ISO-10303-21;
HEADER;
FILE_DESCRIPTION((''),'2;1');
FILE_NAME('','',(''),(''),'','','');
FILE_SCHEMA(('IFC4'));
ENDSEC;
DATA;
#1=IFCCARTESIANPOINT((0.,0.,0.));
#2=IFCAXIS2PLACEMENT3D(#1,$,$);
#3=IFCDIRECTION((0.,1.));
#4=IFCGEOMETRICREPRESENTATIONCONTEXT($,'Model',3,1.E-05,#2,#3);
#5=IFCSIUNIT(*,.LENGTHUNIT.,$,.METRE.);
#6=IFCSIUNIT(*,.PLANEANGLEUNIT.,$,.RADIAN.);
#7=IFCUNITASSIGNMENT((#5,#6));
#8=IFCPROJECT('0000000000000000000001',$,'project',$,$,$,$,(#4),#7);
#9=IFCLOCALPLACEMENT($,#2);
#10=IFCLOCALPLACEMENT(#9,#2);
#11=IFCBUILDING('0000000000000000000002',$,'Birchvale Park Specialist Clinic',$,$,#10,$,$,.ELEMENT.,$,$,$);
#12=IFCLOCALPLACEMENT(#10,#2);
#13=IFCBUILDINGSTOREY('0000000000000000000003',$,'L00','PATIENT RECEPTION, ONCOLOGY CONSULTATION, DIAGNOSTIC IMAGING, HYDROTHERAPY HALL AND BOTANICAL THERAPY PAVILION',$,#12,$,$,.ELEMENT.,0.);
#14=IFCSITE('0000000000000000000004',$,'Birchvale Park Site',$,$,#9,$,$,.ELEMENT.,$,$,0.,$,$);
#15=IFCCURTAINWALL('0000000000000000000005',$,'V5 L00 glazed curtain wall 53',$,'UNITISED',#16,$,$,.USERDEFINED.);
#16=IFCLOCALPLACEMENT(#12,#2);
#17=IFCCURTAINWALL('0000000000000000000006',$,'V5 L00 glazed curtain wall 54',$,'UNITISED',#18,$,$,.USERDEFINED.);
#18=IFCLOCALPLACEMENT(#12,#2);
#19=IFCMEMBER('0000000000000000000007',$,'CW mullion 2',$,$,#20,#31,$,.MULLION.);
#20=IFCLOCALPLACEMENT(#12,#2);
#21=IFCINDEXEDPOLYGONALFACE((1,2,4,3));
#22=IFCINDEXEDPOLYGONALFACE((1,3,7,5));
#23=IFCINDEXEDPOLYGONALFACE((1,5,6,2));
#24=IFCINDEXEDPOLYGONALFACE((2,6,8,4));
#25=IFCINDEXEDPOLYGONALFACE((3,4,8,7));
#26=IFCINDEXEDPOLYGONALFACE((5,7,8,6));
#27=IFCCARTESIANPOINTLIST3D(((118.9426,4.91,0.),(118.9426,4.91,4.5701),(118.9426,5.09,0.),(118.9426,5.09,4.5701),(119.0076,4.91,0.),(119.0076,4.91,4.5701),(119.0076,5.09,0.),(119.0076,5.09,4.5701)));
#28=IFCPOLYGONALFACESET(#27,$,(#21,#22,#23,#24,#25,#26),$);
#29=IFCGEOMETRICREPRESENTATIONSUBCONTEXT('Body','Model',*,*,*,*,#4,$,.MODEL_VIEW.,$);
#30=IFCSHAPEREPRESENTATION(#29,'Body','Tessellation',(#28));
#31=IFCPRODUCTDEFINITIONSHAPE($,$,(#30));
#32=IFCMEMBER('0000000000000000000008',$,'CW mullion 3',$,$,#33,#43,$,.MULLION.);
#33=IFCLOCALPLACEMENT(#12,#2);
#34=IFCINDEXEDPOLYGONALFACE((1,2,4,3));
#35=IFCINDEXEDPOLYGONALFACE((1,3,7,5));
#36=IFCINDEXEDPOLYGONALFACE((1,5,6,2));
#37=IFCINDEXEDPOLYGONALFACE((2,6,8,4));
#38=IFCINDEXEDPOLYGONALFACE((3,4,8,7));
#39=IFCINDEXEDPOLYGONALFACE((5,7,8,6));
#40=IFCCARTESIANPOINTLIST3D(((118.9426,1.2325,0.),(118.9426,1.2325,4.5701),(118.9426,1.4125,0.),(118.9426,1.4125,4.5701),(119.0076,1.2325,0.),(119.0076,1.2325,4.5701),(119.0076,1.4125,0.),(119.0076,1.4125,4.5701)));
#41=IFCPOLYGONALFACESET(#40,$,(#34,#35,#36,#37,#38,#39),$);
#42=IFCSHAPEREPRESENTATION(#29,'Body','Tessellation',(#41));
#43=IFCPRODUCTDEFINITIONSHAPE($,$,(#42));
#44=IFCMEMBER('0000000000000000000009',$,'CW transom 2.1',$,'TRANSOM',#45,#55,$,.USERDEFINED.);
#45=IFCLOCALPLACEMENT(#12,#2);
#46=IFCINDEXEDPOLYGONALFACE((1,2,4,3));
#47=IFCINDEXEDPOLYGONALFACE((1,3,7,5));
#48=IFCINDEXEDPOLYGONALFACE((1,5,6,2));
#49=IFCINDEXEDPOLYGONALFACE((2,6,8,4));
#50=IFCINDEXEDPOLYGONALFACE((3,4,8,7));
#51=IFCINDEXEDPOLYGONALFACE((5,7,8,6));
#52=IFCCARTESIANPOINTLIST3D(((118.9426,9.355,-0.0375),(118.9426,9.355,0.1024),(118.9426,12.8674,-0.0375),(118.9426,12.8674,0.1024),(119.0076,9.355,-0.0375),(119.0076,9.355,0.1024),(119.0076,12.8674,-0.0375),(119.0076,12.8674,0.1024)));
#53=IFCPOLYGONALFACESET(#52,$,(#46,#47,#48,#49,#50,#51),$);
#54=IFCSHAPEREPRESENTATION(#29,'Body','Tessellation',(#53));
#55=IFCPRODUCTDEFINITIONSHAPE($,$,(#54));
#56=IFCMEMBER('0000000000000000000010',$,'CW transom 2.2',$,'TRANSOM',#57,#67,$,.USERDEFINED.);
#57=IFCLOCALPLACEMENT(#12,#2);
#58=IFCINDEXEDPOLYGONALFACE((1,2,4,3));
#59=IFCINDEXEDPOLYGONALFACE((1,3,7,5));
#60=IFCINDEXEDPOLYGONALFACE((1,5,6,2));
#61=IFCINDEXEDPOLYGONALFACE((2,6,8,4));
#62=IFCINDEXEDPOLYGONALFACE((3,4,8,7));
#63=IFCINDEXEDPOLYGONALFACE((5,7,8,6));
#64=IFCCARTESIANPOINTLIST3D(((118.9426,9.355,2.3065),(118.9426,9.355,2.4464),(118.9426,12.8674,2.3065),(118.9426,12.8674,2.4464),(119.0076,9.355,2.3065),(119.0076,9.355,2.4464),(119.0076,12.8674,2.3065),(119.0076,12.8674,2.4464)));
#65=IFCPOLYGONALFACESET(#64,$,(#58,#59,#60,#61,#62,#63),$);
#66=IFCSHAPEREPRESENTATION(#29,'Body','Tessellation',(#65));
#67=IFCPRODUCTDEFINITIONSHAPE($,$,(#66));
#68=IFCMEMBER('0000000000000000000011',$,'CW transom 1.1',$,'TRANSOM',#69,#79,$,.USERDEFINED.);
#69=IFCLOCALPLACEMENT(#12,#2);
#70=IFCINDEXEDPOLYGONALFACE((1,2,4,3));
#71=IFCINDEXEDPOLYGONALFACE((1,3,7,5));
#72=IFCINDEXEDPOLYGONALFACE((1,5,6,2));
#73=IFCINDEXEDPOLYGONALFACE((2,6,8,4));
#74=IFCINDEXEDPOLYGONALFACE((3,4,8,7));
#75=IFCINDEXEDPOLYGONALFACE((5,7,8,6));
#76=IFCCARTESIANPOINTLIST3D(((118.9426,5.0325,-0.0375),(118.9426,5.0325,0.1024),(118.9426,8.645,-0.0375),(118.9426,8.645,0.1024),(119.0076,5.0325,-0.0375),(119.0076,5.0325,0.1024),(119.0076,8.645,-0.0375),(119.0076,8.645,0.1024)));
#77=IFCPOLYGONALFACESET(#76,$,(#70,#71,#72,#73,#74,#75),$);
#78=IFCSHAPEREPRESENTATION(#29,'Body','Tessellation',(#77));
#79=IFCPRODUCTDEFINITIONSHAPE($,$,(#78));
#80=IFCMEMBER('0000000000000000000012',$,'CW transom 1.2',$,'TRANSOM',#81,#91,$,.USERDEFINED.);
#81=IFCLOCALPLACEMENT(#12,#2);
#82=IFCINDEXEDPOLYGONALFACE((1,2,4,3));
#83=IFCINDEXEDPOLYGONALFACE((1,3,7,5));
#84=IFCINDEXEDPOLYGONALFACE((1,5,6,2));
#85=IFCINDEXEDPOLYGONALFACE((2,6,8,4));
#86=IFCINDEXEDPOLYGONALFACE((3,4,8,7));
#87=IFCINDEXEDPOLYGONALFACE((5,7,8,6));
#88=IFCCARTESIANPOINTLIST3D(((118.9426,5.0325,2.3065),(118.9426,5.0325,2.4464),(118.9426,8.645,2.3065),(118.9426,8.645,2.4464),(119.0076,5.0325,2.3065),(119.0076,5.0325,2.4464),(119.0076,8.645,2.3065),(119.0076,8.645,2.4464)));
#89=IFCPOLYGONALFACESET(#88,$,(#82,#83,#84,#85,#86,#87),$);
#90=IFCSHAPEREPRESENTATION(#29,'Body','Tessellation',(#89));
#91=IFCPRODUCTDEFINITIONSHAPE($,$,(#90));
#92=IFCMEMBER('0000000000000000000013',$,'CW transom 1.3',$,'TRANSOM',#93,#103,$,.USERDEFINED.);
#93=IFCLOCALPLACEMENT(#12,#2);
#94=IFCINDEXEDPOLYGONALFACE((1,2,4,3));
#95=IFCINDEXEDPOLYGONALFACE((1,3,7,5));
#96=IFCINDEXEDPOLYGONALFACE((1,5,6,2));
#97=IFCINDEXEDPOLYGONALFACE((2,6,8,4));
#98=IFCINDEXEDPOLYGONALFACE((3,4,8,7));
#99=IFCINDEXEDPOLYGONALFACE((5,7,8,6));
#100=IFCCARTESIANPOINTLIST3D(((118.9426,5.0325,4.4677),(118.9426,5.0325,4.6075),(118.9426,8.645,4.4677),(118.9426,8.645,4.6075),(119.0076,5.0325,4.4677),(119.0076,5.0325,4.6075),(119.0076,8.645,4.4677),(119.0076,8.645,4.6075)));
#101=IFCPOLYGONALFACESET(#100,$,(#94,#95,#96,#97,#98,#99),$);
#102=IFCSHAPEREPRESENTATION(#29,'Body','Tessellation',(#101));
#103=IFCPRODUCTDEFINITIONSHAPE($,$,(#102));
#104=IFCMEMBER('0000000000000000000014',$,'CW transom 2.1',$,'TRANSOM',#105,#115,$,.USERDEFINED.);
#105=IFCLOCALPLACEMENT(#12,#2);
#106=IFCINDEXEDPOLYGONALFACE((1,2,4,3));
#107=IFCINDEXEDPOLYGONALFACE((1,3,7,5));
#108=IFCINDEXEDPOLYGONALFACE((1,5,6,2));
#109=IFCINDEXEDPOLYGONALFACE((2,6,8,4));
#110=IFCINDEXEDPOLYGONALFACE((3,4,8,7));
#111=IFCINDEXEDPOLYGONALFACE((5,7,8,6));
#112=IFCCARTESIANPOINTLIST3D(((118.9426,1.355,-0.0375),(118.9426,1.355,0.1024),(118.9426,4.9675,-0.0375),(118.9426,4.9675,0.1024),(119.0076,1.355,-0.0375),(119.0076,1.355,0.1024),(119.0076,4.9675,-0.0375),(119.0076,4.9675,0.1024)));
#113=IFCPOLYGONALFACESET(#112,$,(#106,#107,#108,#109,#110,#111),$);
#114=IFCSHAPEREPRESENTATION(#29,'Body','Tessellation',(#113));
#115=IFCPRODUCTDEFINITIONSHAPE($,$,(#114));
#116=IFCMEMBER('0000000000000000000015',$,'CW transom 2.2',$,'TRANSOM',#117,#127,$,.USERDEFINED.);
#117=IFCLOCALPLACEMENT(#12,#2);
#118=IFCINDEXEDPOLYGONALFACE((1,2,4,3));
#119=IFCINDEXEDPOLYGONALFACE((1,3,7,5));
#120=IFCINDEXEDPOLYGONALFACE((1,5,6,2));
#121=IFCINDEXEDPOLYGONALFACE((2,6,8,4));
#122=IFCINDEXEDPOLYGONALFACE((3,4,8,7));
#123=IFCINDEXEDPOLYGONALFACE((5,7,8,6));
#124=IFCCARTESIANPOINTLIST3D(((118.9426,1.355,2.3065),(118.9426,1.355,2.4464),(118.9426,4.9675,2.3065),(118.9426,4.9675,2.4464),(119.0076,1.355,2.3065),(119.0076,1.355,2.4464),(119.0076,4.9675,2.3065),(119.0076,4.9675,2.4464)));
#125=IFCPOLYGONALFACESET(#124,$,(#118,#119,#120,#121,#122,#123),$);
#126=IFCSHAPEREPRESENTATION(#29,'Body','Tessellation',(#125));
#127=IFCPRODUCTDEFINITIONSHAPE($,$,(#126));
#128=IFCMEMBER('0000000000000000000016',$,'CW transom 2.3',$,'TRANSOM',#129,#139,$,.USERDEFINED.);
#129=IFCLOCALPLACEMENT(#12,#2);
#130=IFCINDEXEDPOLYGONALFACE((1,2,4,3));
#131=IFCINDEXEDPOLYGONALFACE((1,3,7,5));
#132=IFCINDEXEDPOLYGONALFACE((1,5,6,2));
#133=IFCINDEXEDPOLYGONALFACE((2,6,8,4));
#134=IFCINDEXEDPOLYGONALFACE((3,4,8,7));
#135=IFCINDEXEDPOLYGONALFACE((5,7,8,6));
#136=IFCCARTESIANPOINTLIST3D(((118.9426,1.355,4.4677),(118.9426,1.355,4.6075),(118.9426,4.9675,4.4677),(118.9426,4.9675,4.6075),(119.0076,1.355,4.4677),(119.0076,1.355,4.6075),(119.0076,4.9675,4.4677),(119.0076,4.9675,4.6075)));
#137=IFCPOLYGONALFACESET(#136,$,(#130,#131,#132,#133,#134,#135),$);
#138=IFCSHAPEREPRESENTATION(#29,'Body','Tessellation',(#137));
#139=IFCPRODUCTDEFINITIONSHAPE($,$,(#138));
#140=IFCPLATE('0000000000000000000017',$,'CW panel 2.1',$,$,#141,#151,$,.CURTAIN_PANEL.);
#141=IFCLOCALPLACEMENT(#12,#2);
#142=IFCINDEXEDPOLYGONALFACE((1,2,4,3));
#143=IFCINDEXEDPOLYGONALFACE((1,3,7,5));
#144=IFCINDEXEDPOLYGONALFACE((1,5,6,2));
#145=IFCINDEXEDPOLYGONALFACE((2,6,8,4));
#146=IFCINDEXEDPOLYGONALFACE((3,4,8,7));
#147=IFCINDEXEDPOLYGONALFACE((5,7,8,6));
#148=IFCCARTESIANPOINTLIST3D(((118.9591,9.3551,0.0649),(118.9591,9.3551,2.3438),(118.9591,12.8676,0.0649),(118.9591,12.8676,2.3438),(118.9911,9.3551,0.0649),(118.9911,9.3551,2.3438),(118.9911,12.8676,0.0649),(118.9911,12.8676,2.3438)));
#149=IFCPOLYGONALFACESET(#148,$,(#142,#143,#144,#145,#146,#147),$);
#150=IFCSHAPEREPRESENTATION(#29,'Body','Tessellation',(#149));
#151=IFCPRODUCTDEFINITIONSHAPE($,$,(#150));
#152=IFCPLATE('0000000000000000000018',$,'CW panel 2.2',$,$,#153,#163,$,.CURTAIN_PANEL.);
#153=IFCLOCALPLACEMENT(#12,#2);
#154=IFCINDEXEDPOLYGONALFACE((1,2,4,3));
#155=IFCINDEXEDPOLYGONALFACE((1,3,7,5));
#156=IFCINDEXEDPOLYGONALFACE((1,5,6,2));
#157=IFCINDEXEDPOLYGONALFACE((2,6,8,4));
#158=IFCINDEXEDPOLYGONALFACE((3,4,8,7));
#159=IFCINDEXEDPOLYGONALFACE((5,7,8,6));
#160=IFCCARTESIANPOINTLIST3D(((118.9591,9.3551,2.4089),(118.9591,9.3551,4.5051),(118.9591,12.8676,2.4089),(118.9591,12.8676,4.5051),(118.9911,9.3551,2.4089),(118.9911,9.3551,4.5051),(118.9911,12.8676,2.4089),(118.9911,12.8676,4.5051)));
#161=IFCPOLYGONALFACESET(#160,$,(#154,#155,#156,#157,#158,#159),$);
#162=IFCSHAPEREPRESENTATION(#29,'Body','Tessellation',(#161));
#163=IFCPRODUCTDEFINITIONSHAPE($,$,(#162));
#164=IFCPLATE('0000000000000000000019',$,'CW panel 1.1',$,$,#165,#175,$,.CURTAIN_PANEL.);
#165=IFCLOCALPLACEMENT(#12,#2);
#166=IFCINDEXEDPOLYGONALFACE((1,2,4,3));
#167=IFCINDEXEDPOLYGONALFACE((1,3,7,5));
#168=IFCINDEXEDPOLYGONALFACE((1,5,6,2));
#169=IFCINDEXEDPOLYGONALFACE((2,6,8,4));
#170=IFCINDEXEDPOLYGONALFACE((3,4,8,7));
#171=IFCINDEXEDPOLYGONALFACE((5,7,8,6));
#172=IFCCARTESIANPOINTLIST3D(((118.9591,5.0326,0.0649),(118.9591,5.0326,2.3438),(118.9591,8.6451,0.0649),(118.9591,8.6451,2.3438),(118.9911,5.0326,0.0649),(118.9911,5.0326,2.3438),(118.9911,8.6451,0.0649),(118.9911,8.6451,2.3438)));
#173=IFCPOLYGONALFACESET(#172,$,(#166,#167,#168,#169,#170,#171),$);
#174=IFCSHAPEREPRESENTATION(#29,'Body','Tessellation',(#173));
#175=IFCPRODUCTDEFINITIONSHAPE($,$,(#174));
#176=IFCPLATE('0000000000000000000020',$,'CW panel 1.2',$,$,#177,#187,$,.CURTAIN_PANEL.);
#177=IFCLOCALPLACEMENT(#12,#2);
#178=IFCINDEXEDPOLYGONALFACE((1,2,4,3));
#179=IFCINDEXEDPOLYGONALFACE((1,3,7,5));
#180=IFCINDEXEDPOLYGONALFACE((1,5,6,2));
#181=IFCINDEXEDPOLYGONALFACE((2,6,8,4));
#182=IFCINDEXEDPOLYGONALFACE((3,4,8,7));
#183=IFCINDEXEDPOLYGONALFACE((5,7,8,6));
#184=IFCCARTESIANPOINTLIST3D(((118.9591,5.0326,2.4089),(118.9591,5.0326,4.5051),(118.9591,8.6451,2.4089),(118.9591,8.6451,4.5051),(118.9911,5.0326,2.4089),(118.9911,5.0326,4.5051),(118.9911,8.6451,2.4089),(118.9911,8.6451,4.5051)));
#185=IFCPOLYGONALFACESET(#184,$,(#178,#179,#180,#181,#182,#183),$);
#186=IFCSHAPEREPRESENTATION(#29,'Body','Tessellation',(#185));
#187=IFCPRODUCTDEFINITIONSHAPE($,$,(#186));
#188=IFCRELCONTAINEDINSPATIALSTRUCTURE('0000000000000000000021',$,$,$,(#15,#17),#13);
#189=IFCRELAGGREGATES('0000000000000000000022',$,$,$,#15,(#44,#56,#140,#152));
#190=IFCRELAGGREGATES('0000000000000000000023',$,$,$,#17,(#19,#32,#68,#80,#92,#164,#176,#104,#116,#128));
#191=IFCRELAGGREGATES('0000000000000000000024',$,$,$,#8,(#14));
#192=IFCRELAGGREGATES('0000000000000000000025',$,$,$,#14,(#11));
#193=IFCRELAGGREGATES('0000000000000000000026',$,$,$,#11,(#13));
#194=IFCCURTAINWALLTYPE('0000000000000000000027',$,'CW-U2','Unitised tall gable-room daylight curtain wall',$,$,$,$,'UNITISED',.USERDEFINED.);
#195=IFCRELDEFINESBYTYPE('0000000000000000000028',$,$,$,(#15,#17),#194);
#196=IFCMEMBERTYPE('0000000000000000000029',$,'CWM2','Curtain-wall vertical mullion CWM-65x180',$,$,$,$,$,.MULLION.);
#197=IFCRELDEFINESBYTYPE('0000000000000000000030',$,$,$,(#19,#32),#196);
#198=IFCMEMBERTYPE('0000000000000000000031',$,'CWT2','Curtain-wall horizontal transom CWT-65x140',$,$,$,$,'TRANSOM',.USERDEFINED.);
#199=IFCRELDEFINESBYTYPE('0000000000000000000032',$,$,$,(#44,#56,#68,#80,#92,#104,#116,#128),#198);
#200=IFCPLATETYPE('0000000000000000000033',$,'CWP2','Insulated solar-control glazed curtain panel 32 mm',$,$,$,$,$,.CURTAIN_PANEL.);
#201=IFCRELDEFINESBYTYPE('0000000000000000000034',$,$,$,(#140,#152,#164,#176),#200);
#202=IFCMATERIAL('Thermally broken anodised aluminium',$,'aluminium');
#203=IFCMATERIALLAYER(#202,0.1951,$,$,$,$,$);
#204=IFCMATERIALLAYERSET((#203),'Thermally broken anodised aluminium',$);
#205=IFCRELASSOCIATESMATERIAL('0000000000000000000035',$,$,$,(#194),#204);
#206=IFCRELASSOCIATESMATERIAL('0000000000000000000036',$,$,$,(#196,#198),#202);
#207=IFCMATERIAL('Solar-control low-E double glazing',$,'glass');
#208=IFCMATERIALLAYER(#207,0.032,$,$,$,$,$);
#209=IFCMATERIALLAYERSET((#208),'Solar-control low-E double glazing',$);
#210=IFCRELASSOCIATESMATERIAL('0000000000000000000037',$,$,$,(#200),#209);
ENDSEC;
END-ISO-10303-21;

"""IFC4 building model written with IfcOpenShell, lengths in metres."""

from ifc_helpers import new_model, si_unit, direction, frame, origin, origin_2d, place, context, subcontext, project, spatial, rectangle, extrude, material, layer, layer_set, material_profile, profile_set, type_object, element, aggregate, save


model = new_model("IFC4")

# Units and contexts
model_context = context("Model", 3, precision=1e-05, world=origin(), true_north=direction((0.0, 1.0)))
body_context = subcontext(model_context, "Body", "Model", "MODEL_VIEW")
ifc_project = project(units=[si_unit("LENGTHUNIT", "METRE"), si_unit("PLANEANGLEUNIT", "RADIAN")], contexts=[model_context])

# Site, building, storey
site_placement = place(None, origin())
site = spatial("IfcSite", under=ifc_project, at=site_placement, Name="Birchvale Park Site", CompositionType="ELEMENT", RefElevation=0.0)
building_placement = place(site_placement, origin())
building = spatial("IfcBuilding", under=site, at=building_placement, Name="Birchvale Park Specialist Clinic", CompositionType="ELEMENT")
storey_placement = place(building_placement, origin())
storey = spatial("IfcBuildingStorey", under=building, at=storey_placement, Name="L00", Description="PATIENT RECEPTION, ONCOLOGY CONSULTATION, DIAGNOSTIC IMAGING, HYDROTHERAPY HALL AND BOTANICAL THERAPY PAVILION", CompositionType="ELEMENT", Elevation=0.0)

# Curtain wall
ifc_material_1 = material(Name="Thermally broken anodised aluminium", Category="aluminium")
ifc_layer_1 = layer(ifc_material_1, 0.1951)
ifc_layer_set_1 = layer_set([ifc_layer_1], Name="Thermally broken anodised aluminium")
curtain_wall_type = type_object("IfcCurtainWallType", Name="CW-U2", Description="Unitised tall gable-room daylight curtain wall", ElementType="UNITISED", PredefinedType="USERDEFINED", material=ifc_layer_set_1)
curtain_wall_1_placement = place(storey_placement, origin())
curtain_wall_1 = element("IfcCurtainWall", 1, at=curtain_wall_1_placement, inside=storey, type_object=curtain_wall_type, Name="V5 L00 glazed curtain wall 53", ObjectType="UNITISED", PredefinedType="USERDEFINED")
ifc_material_profile_1 = material_profile(ifc_material_1, rectangle(XDim=0.0649, YDim=0.1799, at=origin_2d()), Name="CWM-65x180")
ifc_profile_set_1 = profile_set([ifc_material_profile_1], Name="Thermally broken anodised aluminium")
member_type_1 = type_object("IfcMemberType", Name="CWM2", Description="Curtain-wall vertical mullion CWM-65x180", PredefinedType="MULLION", material=ifc_profile_set_1)

# Curtain wall, members
curtain_wall_2_placement = place(storey_placement, origin())
curtain_wall_2 = element("IfcCurtainWall", 2, at=curtain_wall_2_placement, inside=storey, type_object=curtain_wall_type, Name="V5 L00 glazed curtain wall 54", ObjectType="UNITISED", PredefinedType="USERDEFINED")
member_1_placement = place(storey_placement, frame((118.9751, 5.0, 0.0), z_axis=(0.0, 0.0, 1.0), x_axis=(1.0, 0.0, 0.0)))
member_1 = element("IfcMember", 3, at=member_1_placement, type_object=member_type_1, Name="CW mullion 2", PredefinedType="MULLION", context=body_context, shape_type="SweptSolid", body=[
    extrude(rectangle(XDim=0.0649, YDim=0.1799, at=origin_2d()), origin(), (0.0, 0.0, 1.0), 4.5701),
])
member_2_placement = place(storey_placement, frame((118.9751, 1.3225, 0.0), z_axis=(0.0, 0.0, 1.0), x_axis=(1.0, 0.0, 0.0)))
member_2 = element("IfcMember", 4, at=member_2_placement, type_object=member_type_1, Name="CW mullion 3", PredefinedType="MULLION", context=body_context, shape_type="SweptSolid", body=[
    extrude(rectangle(XDim=0.0649, YDim=0.1799, at=origin_2d()), origin(), (0.0, 0.0, 1.0), 4.5701),
])

# Members
ifc_material_profile_2 = material_profile(ifc_material_1, rectangle(XDim=0.0649, YDim=0.1399, at=origin_2d()), Name="CWT-65x140")
ifc_profile_set_2 = profile_set([ifc_material_profile_2], Name="Thermally broken anodised aluminium")
member_type_2 = type_object("IfcMemberType", Name="CWT2", Description="Curtain-wall horizontal transom CWT-65x140", ElementType="TRANSOM", PredefinedType="USERDEFINED", material=ifc_profile_set_2)
member_3_placement = place(storey_placement, frame((118.9751, 12.8674, 0.0325), z_axis=(0.0, -1.0, 0.0), x_axis=(1.0, 0.0, 0.0)))
member_3 = element("IfcMember", 5, at=member_3_placement, type_object=member_type_2, Name="CW transom 2.1", ObjectType="TRANSOM", PredefinedType="USERDEFINED", context=body_context, shape_type="SweptSolid", body=[
    extrude(rectangle(XDim=0.0649, YDim=0.1399, at=origin_2d()), origin(), (0.0, 0.0, 1.0), 3.5125),
])
member_4_placement = place(storey_placement, frame((118.9751, 12.8674, 2.3765), z_axis=(0.0, -1.0, 0.0), x_axis=(1.0, 0.0, 0.0)))
member_4 = element("IfcMember", 6, at=member_4_placement, type_object=member_type_2, Name="CW transom 2.2", ObjectType="TRANSOM", PredefinedType="USERDEFINED", context=body_context, shape_type="SweptSolid", body=[
    extrude(rectangle(XDim=0.0649, YDim=0.1399, at=origin_2d()), origin(), (0.0, 0.0, 1.0), 3.5125),
])
member_5_placement = place(storey_placement, frame((118.9751, 8.645, 0.0325), z_axis=(0.0, -1.0, 0.0), x_axis=(1.0, 0.0, 0.0)))
member_5 = element("IfcMember", 7, at=member_5_placement, type_object=member_type_2, Name="CW transom 1.1", ObjectType="TRANSOM", PredefinedType="USERDEFINED", context=body_context, shape_type="SweptSolid", body=[
    extrude(rectangle(XDim=0.0649, YDim=0.1399, at=origin_2d()), origin(), (0.0, 0.0, 1.0), 3.6125),
])
member_6_placement = place(storey_placement, frame((118.9751, 8.645, 2.3765), z_axis=(0.0, -1.0, 0.0), x_axis=(1.0, 0.0, 0.0)))
member_6 = element("IfcMember", 8, at=member_6_placement, type_object=member_type_2, Name="CW transom 1.2", ObjectType="TRANSOM", PredefinedType="USERDEFINED", context=body_context, shape_type="SweptSolid", body=[
    extrude(rectangle(XDim=0.0649, YDim=0.1399, at=origin_2d()), origin(), (0.0, 0.0, 1.0), 3.6125),
])
member_7_placement = place(storey_placement, frame((118.9751, 8.645, 4.5376), z_axis=(0.0, -1.0, 0.0), x_axis=(1.0, 0.0, 0.0)))
member_7 = element("IfcMember", 9, at=member_7_placement, type_object=member_type_2, Name="CW transom 1.3", ObjectType="TRANSOM", PredefinedType="USERDEFINED", context=body_context, shape_type="SweptSolid", body=[
    extrude(rectangle(XDim=0.0649, YDim=0.1399, at=origin_2d()), origin(), (0.0, 0.0, 1.0), 3.6125),
])
member_8_placement = place(storey_placement, frame((118.9751, 4.9675, 0.0325), z_axis=(0.0, -1.0, 0.0), x_axis=(1.0, 0.0, 0.0)))
member_8 = element("IfcMember", 10, at=member_8_placement, type_object=member_type_2, Name="CW transom 2.1", ObjectType="TRANSOM", PredefinedType="USERDEFINED", context=body_context, shape_type="SweptSolid", body=[
    extrude(rectangle(XDim=0.0649, YDim=0.1399, at=origin_2d()), origin(), (0.0, 0.0, 1.0), 3.6125),
])
member_9_placement = place(storey_placement, frame((118.9751, 4.9675, 2.3765), z_axis=(0.0, -1.0, 0.0), x_axis=(1.0, 0.0, 0.0)))
member_9 = element("IfcMember", 11, at=member_9_placement, type_object=member_type_2, Name="CW transom 2.2", ObjectType="TRANSOM", PredefinedType="USERDEFINED", context=body_context, shape_type="SweptSolid", body=[
    extrude(rectangle(XDim=0.0649, YDim=0.1399, at=origin_2d()), origin(), (0.0, 0.0, 1.0), 3.6125),
])
member_10_placement = place(storey_placement, frame((118.9751, 4.9675, 4.5376), z_axis=(0.0, -1.0, 0.0), x_axis=(1.0, 0.0, 0.0)))
member_10 = element("IfcMember", 12, at=member_10_placement, type_object=member_type_2, Name="CW transom 2.3", ObjectType="TRANSOM", PredefinedType="USERDEFINED", context=body_context, shape_type="SweptSolid", body=[
    extrude(rectangle(XDim=0.0649, YDim=0.1399, at=origin_2d()), origin(), (0.0, 0.0, 1.0), 3.6125),
])

# Plates
ifc_material_2 = material(Name="Solar-control low-E double glazing", Category="glass")
ifc_layer_2 = layer(ifc_material_2, 0.032)
ifc_layer_set_2 = layer_set([ifc_layer_2], Name="Solar-control low-E double glazing")
plate_type = type_object("IfcPlateType", Name="CWP2", Description="Insulated solar-control glazed curtain panel 32 mm", PredefinedType="CURTAIN_PANEL", material=ifc_layer_set_2)
plate_1_placement = place(storey_placement, frame((118.9751, 11.1113, 0.0649), z_axis=(0.0, 0.0, 1.0), x_axis=(0.0, -1.0, 0.0)))
plate_1 = element("IfcPlate", 13, at=plate_1_placement, type_object=plate_type, Name="CW panel 2.1", PredefinedType="CURTAIN_PANEL", context=body_context, shape_type="SweptSolid", body=[
    extrude(rectangle(XDim=3.5125, YDim=0.032, at=origin_2d()), origin(), (0.0, 0.0, 1.0), 2.2788),
])
plate_2_placement = place(storey_placement, frame((118.9751, 11.1113, 2.4089), z_axis=(0.0, 0.0, 1.0), x_axis=(0.0, -1.0, 0.0)))
plate_2 = element("IfcPlate", 14, at=plate_2_placement, type_object=plate_type, Name="CW panel 2.2", PredefinedType="CURTAIN_PANEL", context=body_context, shape_type="SweptSolid", body=[
    extrude(rectangle(XDim=3.5125, YDim=0.032, at=origin_2d()), origin(), (0.0, 0.0, 1.0), 2.0962),
])
aggregate(curtain_wall_1, [member_3, member_4, plate_1, plate_2])
plate_3_placement = place(storey_placement, frame((118.9751, 6.8389, 0.0649), z_axis=(0.0, 0.0, 1.0), x_axis=(0.0, -1.0, 0.0)))
plate_3 = element("IfcPlate", 15, at=plate_3_placement, type_object=plate_type, Name="CW panel 1.1", PredefinedType="CURTAIN_PANEL", context=body_context, shape_type="SweptSolid", body=[
    extrude(rectangle(XDim=3.6125, YDim=0.032, at=origin_2d()), origin(), (0.0, 0.0, 1.0), 2.2788),
])
plate_4_placement = place(storey_placement, frame((118.9751, 6.8389, 2.4089), z_axis=(0.0, 0.0, 1.0), x_axis=(0.0, -1.0, 0.0)))
plate_4 = element("IfcPlate", 16, at=plate_4_placement, type_object=plate_type, Name="CW panel 1.2", PredefinedType="CURTAIN_PANEL", context=body_context, shape_type="SweptSolid", body=[
    extrude(rectangle(XDim=3.6125, YDim=0.032, at=origin_2d()), origin(), (0.0, 0.0, 1.0), 2.0962),
])
aggregate(curtain_wall_2, [member_1, member_2, member_5, member_6, member_7, plate_3, plate_4, member_8, member_9, member_10])

save(model, "model.ifc")
